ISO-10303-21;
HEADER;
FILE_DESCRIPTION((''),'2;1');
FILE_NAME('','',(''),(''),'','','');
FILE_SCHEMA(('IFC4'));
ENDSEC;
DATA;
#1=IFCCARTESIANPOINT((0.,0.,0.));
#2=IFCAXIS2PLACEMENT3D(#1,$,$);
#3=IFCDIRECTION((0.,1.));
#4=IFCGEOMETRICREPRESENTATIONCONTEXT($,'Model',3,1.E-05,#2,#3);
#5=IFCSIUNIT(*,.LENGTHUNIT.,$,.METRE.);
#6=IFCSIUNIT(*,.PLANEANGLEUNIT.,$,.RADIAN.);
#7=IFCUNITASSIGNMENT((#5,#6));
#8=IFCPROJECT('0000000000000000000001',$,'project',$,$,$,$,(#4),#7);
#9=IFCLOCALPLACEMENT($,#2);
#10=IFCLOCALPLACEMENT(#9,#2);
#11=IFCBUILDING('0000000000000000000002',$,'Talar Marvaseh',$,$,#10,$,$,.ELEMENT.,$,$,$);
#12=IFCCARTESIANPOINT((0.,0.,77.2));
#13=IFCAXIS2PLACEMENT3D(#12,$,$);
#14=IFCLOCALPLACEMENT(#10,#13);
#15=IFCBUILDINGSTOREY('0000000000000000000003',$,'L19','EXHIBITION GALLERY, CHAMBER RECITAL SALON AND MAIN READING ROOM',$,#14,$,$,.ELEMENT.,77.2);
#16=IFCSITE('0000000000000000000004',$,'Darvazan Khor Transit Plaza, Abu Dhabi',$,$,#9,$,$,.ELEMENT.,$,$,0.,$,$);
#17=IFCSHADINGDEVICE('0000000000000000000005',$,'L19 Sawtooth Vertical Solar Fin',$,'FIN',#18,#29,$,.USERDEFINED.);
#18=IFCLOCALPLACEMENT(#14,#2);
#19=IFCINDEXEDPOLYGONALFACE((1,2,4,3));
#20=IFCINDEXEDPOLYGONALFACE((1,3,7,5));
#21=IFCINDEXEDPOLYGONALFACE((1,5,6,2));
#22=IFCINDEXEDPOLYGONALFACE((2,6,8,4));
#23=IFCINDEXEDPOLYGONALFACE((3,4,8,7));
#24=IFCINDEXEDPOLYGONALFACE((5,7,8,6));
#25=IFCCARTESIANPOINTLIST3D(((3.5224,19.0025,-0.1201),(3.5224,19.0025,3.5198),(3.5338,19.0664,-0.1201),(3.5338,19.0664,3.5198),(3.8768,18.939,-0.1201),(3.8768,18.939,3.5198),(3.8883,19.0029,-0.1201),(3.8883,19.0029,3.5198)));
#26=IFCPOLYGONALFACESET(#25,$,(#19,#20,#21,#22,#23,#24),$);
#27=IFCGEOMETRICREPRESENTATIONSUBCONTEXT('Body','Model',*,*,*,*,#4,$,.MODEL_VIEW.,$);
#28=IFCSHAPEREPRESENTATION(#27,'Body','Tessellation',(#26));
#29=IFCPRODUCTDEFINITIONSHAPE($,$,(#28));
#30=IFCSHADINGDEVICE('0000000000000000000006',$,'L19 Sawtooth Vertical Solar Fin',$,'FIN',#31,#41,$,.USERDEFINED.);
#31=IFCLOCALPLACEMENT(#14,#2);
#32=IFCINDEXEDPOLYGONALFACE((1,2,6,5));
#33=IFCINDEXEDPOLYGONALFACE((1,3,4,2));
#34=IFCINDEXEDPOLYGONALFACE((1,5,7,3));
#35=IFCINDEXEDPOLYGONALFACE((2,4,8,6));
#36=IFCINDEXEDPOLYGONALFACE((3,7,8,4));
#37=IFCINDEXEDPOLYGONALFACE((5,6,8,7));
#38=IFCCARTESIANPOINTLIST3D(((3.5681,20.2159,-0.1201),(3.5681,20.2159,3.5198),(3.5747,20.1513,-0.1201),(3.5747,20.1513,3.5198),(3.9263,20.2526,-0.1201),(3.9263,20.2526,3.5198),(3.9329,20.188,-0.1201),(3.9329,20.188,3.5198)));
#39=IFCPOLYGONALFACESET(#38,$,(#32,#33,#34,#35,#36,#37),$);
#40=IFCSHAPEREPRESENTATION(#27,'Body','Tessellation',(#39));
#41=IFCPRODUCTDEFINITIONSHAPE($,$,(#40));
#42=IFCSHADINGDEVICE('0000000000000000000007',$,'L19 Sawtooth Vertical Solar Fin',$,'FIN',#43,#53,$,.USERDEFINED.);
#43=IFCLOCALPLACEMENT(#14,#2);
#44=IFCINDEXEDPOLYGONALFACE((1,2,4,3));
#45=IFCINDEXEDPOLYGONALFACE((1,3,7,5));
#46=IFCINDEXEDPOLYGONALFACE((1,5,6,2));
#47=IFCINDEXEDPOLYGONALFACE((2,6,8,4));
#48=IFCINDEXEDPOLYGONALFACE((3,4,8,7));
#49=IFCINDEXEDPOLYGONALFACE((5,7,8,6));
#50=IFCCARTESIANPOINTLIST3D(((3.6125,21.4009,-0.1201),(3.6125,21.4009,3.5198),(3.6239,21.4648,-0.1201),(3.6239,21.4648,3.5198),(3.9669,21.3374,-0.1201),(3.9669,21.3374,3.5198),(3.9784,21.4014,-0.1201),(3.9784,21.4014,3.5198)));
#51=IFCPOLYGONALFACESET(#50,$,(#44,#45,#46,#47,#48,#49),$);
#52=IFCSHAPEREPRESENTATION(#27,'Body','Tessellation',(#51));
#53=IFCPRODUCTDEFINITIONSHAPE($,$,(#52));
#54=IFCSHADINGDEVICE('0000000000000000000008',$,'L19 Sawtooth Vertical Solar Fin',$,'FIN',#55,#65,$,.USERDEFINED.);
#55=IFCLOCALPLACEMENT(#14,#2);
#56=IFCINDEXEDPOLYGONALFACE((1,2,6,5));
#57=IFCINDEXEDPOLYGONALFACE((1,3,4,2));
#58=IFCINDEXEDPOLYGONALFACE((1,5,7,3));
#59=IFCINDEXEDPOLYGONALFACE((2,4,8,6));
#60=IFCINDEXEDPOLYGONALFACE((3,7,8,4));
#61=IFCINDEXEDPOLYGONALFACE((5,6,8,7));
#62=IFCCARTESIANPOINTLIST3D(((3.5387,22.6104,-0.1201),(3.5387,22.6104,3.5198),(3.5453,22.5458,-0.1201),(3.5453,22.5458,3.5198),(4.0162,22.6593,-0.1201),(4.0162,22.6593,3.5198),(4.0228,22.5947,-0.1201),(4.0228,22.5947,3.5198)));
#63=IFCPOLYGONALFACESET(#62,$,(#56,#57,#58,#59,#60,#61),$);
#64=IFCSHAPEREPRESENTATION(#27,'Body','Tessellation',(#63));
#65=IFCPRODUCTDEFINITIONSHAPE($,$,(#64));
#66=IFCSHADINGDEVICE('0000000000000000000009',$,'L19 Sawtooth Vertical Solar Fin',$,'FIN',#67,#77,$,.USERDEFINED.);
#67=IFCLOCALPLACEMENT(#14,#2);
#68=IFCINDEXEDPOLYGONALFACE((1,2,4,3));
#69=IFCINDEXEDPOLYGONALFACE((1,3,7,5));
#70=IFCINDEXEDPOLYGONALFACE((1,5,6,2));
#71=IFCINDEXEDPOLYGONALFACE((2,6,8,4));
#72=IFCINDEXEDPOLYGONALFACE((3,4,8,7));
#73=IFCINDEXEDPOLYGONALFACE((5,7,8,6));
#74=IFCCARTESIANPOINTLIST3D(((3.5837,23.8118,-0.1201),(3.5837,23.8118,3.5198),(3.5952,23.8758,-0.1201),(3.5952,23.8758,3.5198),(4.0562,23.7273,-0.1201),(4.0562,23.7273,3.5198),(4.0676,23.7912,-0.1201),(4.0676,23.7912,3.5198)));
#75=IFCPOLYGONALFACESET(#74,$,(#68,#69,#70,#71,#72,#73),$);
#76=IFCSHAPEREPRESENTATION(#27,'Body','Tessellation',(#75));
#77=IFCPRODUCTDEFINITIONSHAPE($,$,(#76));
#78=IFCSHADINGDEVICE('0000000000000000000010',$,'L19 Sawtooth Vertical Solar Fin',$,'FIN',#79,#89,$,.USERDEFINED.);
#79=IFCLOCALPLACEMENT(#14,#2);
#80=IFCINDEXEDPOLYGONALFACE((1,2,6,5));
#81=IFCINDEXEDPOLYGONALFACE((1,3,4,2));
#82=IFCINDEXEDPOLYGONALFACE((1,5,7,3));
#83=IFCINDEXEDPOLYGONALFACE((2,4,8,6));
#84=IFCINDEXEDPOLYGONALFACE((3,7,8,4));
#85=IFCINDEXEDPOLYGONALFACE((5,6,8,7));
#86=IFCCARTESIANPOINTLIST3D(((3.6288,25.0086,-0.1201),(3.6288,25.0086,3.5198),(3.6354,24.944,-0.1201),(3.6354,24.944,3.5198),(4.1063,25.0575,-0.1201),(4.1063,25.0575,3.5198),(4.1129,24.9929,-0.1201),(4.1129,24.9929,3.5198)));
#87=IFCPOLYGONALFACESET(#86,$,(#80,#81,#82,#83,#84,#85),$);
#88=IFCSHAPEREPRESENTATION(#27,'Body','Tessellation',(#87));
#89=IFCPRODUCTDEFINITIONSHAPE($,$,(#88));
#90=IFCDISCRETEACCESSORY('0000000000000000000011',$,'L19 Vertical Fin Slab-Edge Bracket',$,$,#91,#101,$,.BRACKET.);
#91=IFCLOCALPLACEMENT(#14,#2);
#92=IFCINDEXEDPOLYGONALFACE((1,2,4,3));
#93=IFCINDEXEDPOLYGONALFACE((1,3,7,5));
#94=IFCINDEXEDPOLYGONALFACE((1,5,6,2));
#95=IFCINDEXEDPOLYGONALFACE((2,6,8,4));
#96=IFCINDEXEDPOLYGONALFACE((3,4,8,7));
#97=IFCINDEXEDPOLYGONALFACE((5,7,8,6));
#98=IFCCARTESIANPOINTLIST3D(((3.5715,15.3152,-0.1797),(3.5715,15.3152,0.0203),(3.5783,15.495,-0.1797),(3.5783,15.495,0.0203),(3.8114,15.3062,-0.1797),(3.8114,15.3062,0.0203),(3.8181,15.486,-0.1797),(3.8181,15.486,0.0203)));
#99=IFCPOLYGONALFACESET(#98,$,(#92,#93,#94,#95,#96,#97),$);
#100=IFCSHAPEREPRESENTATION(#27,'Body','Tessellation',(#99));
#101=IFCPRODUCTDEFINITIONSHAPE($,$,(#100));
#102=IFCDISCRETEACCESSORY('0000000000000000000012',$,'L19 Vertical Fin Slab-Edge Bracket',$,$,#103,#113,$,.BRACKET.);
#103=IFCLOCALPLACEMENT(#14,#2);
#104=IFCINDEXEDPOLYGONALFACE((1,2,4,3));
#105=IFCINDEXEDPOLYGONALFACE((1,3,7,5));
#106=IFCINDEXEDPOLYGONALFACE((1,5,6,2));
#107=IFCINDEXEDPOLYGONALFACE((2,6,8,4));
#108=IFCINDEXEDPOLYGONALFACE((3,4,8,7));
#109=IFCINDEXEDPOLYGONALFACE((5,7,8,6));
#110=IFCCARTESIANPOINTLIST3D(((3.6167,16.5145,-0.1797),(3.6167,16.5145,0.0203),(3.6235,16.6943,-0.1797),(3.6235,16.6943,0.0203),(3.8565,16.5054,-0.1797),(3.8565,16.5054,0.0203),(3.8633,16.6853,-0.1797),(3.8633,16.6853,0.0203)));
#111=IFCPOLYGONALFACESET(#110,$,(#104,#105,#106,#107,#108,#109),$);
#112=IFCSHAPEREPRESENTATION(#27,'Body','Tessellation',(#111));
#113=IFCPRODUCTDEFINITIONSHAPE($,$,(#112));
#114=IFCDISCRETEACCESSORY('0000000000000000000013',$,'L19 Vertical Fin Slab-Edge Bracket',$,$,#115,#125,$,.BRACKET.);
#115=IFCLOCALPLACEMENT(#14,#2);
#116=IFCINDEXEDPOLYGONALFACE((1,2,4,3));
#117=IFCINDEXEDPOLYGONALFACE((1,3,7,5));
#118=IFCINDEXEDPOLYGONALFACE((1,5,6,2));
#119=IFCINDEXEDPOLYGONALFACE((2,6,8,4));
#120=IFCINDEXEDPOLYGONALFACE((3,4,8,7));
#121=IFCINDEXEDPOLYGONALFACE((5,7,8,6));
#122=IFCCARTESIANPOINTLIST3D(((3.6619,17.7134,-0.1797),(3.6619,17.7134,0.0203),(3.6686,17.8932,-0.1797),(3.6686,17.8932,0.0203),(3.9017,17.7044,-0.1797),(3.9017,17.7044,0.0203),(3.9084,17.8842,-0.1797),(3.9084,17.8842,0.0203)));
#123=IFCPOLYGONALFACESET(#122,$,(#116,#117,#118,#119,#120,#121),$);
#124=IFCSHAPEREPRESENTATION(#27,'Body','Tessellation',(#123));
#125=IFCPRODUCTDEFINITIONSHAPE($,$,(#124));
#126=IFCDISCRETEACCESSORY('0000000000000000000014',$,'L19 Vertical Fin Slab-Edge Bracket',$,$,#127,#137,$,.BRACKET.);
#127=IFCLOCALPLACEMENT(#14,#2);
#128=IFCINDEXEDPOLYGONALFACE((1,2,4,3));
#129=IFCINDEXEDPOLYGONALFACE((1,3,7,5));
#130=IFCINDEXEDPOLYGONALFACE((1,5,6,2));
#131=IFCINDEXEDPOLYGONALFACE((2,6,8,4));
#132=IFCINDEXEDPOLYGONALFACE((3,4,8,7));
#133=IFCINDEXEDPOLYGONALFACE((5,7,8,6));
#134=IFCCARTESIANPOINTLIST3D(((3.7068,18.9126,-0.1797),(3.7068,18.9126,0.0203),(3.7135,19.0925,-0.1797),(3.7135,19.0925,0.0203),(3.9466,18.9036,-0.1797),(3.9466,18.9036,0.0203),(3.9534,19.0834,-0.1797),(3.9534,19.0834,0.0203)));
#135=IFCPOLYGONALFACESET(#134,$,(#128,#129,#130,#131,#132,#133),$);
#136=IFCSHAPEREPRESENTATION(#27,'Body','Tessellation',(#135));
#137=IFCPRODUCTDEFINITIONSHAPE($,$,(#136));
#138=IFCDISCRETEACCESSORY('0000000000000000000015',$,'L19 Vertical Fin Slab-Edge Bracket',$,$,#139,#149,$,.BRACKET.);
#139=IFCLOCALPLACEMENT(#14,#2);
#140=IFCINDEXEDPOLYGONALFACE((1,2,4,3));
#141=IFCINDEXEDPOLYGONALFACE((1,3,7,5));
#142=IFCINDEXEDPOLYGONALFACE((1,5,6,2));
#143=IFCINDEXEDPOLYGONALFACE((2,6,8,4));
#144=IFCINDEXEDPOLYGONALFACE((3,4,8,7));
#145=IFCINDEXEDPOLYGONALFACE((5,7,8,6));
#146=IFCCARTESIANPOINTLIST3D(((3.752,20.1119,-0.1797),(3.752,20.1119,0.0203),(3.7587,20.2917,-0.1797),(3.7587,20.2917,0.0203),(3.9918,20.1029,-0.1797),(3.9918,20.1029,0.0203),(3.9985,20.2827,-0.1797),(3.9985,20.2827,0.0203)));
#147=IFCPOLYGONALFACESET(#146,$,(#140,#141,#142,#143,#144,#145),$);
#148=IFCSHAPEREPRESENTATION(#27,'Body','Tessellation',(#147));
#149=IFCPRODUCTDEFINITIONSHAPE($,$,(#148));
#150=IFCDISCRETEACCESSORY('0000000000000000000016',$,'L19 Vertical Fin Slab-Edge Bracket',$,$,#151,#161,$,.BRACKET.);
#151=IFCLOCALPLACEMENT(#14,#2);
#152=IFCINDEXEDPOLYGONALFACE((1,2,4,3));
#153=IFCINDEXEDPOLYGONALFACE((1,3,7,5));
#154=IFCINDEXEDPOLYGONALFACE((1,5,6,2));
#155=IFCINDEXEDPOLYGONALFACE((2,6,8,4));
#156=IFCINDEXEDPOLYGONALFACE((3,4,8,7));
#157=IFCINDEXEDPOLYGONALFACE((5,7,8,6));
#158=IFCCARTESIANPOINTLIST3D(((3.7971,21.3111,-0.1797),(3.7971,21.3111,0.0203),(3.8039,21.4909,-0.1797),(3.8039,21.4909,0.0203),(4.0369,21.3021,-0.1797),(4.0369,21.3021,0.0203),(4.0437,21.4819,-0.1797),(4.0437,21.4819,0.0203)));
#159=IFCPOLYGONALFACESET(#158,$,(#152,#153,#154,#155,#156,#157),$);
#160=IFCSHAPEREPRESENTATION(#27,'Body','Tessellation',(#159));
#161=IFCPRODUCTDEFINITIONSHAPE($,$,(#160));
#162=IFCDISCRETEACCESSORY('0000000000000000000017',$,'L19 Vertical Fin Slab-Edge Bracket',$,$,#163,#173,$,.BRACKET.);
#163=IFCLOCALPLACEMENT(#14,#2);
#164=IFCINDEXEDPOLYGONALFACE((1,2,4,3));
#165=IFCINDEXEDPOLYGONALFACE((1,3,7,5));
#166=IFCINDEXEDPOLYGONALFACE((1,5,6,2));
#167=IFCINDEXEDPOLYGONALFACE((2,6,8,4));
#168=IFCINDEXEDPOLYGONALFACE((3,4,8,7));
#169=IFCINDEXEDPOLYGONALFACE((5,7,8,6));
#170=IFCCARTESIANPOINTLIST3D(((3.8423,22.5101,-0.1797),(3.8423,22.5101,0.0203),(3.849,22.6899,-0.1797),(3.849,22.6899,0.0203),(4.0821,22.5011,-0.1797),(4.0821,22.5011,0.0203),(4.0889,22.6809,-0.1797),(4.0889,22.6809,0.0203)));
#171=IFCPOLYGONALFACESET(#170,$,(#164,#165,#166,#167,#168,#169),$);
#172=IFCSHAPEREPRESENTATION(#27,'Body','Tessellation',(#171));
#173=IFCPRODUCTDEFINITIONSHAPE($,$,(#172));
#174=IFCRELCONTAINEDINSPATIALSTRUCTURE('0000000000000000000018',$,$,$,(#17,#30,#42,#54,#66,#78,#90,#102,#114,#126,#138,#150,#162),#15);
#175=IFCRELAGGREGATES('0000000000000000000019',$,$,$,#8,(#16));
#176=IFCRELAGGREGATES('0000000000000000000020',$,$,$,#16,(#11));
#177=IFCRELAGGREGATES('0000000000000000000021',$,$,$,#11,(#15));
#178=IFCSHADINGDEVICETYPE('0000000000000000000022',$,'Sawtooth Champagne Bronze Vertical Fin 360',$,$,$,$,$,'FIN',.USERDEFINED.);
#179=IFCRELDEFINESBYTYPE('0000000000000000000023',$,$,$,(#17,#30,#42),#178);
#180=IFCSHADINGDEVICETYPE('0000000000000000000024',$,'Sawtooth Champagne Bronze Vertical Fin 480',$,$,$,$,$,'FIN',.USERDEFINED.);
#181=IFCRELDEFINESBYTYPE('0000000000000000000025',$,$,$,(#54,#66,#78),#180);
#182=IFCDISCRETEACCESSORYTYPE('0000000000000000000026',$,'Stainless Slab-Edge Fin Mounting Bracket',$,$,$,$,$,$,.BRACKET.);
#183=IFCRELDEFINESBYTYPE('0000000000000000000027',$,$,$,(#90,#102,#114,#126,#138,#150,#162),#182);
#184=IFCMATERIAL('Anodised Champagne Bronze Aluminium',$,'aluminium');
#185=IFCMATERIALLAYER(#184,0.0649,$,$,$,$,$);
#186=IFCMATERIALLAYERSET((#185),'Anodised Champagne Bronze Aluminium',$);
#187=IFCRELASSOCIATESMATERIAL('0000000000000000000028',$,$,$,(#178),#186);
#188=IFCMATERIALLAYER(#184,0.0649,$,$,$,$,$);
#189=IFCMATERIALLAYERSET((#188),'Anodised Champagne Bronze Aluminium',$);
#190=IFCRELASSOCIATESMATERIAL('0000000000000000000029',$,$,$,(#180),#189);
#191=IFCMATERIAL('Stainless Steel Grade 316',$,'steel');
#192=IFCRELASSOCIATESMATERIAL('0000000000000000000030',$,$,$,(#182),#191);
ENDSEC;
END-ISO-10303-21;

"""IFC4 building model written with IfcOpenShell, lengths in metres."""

from ifc_helpers import new_model, si_unit, direction, frame, origin, origin_2d, place, context, subcontext, project, spatial, rectangle, extrude, source, transform, mapped, material, layer, layer_set, type_object, type_shapes, element, save


model = new_model("IFC4")

# Units and contexts
model_context = context("Model", 3, precision=1e-05, world=origin(), true_north=direction((0.0, 1.0)))
body_context = subcontext(model_context, "Body", "Model", "MODEL_VIEW")
ifc_project = project(units=[si_unit("LENGTHUNIT", "METRE"), si_unit("PLANEANGLEUNIT", "RADIAN")], contexts=[model_context])

# Site, building, storey
site_placement = place(None, origin())
site = spatial("IfcSite", under=ifc_project, at=site_placement, Name="Darvazan Khor Transit Plaza, Abu Dhabi", CompositionType="ELEMENT", RefElevation=0.0)
building_placement = place(site_placement, origin())
building = spatial("IfcBuilding", under=site, at=building_placement, Name="Talar Marvaseh", CompositionType="ELEMENT")
storey_placement = place(building_placement, frame((0.0, 0.0, 77.2)))
storey = spatial("IfcBuildingStorey", under=building, at=storey_placement, Name="L19", Description="EXHIBITION GALLERY, CHAMBER RECITAL SALON AND MAIN READING ROOM", CompositionType="ELEMENT", Elevation=77.2)

# Shading devices
ifc_material_1 = material(Name="Anodised Champagne Bronze Aluminium", Category="aluminium")
ifc_layer_1 = layer(ifc_material_1, 0.0649)
ifc_layer_set_1 = layer_set([ifc_layer_1], Name="Anodised Champagne Bronze Aluminium")
shading_device_type_1 = type_object("IfcShadingDeviceType", Name="Sawtooth Champagne Bronze Vertical Fin 360", ElementType="FIN", PredefinedType="USERDEFINED", material=ifc_layer_set_1)
shared_shape_1 = source(origin(), body_context, "Body", "SweptSolid", [
    extrude(rectangle(XDim=0.3601, YDim=0.0649, at=origin_2d()), origin(), (0.0, 0.0, 1.0), 3.6399),
])
type_shapes(shading_device_type_1, [shared_shape_1])
for number, where, z_axis, x_axis, name in (
    (1, (3.7053, 19.0027, -0.1201), (0.0, 0.0, 1.0), (-0.98435, 0.176226, 0.0), "L19 Sawtooth Vertical Solar Fin"),
    (2, (3.7505, 20.2019, -0.1201), (0.0, 0.0, 1.0), (-0.994792, -0.101924, 0.0), "L19 Sawtooth Vertical Solar Fin"),
    (3, (3.7954, 21.4011, -0.1201), (0.0, 0.0, 1.0), (-0.98435, 0.176226, 0.0), "L19 Sawtooth Vertical Solar Fin"),
):
    element("IfcShadingDevice", number, at=place(storey_placement, frame(where, z_axis=z_axis, x_axis=x_axis)), inside=storey, type_object=shading_device_type_1, Name=name, ObjectType="FIN", PredefinedType="USERDEFINED", context=body_context, shape_type="MappedRepresentation", body=[
        mapped(shared_shape_1, transform((0.0, 0.0, 0.0), x_axis=(1.0, 0.0, 0.0), y_axis=(0.0, 1.0, 0.0), z_axis=(0.0, 0.0, 1.0), scale=1.0)),
    ])
ifc_layer_2 = layer(ifc_material_1, 0.0649)
ifc_layer_set_2 = layer_set([ifc_layer_2], Name="Anodised Champagne Bronze Aluminium")
shading_device_type_2 = type_object("IfcShadingDeviceType", Name="Sawtooth Champagne Bronze Vertical Fin 480", ElementType="FIN", PredefinedType="USERDEFINED", material=ifc_layer_set_2)
shared_shape_2 = source(origin(), body_context, "Body", "SweptSolid", [
    extrude(rectangle(XDim=0.48, YDim=0.0649, at=origin_2d()), origin(), (0.0, 0.0, 1.0), 3.6399),
])
type_shapes(shading_device_type_2, [shared_shape_2])
for number, where, z_axis, x_axis, name in (
    (4, (3.7808, 22.6025, -0.1201), (0.0, 0.0, 1.0), (-0.994792, -0.101924, 0.0), "L19 Sawtooth Vertical Solar Fin"),
    (5, (3.8257, 23.8015, -0.1201), (0.0, 0.0, 1.0), (-0.98435, 0.176226, 0.0), "L19 Sawtooth Vertical Solar Fin"),
    (6, (3.8708, 25.0007, -0.1201), (0.0, 0.0, 1.0), (-0.994792, -0.101924, 0.0), "L19 Sawtooth Vertical Solar Fin"),
):
    element("IfcShadingDevice", number, at=place(storey_placement, frame(where, z_axis=z_axis, x_axis=x_axis)), inside=storey, type_object=shading_device_type_2, Name=name, ObjectType="FIN", PredefinedType="USERDEFINED", context=body_context, shape_type="MappedRepresentation", body=[
        mapped(shared_shape_2, transform((0.0, 0.0, 0.0), x_axis=(1.0, 0.0, 0.0), y_axis=(0.0, 1.0, 0.0), z_axis=(0.0, 0.0, 1.0), scale=1.0)),
    ])

# Discrete accessories
ifc_material_2 = material(Name="Stainless Steel Grade 316", Category="steel")
discrete_accessory_type = type_object("IfcDiscreteAccessoryType", Name="Stainless Slab-Edge Fin Mounting Bracket", PredefinedType="BRACKET", material=ifc_material_2)
shared_shape_3 = source(origin(), body_context, "Body", "SweptSolid", [
    extrude(rectangle(XDim=0.24, YDim=0.1799, at=origin_2d()), origin(), (0.0, 0.0, 1.0), 0.2),
])
type_shapes(discrete_accessory_type, [shared_shape_3])
for number, where, z_axis, x_axis, name in (
    (7, (3.6948, 15.4006, -0.1797), (0.0, 0.0, 1.0), (-0.999296, 0.037516, 0.0), "L19 Vertical Fin Slab-Edge Bracket"),
    (8, (3.74, 16.5999, -0.1797), (0.0, 0.0, 1.0), (-0.999296, 0.037516, 0.0), "L19 Vertical Fin Slab-Edge Bracket"),
    (9, (3.7852, 17.7988, -0.1797), (0.0, 0.0, 1.0), (-0.999296, 0.037516, 0.0), "L19 Vertical Fin Slab-Edge Bracket"),
    (10, (3.8301, 18.998, -0.1797), (0.0, 0.0, 1.0), (-0.999296, 0.037516, 0.0), "L19 Vertical Fin Slab-Edge Bracket"),
    (11, (3.8752, 20.1973, -0.1797), (0.0, 0.0, 1.0), (-0.999296, 0.037516, 0.0), "L19 Vertical Fin Slab-Edge Bracket"),
    (12, (3.9204, 21.3965, -0.1797), (0.0, 0.0, 1.0), (-0.999296, 0.037516, 0.0), "L19 Vertical Fin Slab-Edge Bracket"),
    (13, (3.9656, 22.5955, -0.1797), (0.0, 0.0, 1.0), (-0.999296, 0.037516, 0.0), "L19 Vertical Fin Slab-Edge Bracket"),
):
    element("IfcDiscreteAccessory", number, at=place(storey_placement, frame(where, z_axis=z_axis, x_axis=x_axis)), inside=storey, type_object=discrete_accessory_type, Name=name, PredefinedType="BRACKET", context=body_context, shape_type="MappedRepresentation", body=[
        mapped(shared_shape_3, transform((0.0, 0.0, 0.0), x_axis=(1.0, 0.0, 0.0), y_axis=(0.0, 1.0, 0.0), z_axis=(0.0, 0.0, 1.0), scale=1.0)),
    ])

save(model, "model.ifc")
